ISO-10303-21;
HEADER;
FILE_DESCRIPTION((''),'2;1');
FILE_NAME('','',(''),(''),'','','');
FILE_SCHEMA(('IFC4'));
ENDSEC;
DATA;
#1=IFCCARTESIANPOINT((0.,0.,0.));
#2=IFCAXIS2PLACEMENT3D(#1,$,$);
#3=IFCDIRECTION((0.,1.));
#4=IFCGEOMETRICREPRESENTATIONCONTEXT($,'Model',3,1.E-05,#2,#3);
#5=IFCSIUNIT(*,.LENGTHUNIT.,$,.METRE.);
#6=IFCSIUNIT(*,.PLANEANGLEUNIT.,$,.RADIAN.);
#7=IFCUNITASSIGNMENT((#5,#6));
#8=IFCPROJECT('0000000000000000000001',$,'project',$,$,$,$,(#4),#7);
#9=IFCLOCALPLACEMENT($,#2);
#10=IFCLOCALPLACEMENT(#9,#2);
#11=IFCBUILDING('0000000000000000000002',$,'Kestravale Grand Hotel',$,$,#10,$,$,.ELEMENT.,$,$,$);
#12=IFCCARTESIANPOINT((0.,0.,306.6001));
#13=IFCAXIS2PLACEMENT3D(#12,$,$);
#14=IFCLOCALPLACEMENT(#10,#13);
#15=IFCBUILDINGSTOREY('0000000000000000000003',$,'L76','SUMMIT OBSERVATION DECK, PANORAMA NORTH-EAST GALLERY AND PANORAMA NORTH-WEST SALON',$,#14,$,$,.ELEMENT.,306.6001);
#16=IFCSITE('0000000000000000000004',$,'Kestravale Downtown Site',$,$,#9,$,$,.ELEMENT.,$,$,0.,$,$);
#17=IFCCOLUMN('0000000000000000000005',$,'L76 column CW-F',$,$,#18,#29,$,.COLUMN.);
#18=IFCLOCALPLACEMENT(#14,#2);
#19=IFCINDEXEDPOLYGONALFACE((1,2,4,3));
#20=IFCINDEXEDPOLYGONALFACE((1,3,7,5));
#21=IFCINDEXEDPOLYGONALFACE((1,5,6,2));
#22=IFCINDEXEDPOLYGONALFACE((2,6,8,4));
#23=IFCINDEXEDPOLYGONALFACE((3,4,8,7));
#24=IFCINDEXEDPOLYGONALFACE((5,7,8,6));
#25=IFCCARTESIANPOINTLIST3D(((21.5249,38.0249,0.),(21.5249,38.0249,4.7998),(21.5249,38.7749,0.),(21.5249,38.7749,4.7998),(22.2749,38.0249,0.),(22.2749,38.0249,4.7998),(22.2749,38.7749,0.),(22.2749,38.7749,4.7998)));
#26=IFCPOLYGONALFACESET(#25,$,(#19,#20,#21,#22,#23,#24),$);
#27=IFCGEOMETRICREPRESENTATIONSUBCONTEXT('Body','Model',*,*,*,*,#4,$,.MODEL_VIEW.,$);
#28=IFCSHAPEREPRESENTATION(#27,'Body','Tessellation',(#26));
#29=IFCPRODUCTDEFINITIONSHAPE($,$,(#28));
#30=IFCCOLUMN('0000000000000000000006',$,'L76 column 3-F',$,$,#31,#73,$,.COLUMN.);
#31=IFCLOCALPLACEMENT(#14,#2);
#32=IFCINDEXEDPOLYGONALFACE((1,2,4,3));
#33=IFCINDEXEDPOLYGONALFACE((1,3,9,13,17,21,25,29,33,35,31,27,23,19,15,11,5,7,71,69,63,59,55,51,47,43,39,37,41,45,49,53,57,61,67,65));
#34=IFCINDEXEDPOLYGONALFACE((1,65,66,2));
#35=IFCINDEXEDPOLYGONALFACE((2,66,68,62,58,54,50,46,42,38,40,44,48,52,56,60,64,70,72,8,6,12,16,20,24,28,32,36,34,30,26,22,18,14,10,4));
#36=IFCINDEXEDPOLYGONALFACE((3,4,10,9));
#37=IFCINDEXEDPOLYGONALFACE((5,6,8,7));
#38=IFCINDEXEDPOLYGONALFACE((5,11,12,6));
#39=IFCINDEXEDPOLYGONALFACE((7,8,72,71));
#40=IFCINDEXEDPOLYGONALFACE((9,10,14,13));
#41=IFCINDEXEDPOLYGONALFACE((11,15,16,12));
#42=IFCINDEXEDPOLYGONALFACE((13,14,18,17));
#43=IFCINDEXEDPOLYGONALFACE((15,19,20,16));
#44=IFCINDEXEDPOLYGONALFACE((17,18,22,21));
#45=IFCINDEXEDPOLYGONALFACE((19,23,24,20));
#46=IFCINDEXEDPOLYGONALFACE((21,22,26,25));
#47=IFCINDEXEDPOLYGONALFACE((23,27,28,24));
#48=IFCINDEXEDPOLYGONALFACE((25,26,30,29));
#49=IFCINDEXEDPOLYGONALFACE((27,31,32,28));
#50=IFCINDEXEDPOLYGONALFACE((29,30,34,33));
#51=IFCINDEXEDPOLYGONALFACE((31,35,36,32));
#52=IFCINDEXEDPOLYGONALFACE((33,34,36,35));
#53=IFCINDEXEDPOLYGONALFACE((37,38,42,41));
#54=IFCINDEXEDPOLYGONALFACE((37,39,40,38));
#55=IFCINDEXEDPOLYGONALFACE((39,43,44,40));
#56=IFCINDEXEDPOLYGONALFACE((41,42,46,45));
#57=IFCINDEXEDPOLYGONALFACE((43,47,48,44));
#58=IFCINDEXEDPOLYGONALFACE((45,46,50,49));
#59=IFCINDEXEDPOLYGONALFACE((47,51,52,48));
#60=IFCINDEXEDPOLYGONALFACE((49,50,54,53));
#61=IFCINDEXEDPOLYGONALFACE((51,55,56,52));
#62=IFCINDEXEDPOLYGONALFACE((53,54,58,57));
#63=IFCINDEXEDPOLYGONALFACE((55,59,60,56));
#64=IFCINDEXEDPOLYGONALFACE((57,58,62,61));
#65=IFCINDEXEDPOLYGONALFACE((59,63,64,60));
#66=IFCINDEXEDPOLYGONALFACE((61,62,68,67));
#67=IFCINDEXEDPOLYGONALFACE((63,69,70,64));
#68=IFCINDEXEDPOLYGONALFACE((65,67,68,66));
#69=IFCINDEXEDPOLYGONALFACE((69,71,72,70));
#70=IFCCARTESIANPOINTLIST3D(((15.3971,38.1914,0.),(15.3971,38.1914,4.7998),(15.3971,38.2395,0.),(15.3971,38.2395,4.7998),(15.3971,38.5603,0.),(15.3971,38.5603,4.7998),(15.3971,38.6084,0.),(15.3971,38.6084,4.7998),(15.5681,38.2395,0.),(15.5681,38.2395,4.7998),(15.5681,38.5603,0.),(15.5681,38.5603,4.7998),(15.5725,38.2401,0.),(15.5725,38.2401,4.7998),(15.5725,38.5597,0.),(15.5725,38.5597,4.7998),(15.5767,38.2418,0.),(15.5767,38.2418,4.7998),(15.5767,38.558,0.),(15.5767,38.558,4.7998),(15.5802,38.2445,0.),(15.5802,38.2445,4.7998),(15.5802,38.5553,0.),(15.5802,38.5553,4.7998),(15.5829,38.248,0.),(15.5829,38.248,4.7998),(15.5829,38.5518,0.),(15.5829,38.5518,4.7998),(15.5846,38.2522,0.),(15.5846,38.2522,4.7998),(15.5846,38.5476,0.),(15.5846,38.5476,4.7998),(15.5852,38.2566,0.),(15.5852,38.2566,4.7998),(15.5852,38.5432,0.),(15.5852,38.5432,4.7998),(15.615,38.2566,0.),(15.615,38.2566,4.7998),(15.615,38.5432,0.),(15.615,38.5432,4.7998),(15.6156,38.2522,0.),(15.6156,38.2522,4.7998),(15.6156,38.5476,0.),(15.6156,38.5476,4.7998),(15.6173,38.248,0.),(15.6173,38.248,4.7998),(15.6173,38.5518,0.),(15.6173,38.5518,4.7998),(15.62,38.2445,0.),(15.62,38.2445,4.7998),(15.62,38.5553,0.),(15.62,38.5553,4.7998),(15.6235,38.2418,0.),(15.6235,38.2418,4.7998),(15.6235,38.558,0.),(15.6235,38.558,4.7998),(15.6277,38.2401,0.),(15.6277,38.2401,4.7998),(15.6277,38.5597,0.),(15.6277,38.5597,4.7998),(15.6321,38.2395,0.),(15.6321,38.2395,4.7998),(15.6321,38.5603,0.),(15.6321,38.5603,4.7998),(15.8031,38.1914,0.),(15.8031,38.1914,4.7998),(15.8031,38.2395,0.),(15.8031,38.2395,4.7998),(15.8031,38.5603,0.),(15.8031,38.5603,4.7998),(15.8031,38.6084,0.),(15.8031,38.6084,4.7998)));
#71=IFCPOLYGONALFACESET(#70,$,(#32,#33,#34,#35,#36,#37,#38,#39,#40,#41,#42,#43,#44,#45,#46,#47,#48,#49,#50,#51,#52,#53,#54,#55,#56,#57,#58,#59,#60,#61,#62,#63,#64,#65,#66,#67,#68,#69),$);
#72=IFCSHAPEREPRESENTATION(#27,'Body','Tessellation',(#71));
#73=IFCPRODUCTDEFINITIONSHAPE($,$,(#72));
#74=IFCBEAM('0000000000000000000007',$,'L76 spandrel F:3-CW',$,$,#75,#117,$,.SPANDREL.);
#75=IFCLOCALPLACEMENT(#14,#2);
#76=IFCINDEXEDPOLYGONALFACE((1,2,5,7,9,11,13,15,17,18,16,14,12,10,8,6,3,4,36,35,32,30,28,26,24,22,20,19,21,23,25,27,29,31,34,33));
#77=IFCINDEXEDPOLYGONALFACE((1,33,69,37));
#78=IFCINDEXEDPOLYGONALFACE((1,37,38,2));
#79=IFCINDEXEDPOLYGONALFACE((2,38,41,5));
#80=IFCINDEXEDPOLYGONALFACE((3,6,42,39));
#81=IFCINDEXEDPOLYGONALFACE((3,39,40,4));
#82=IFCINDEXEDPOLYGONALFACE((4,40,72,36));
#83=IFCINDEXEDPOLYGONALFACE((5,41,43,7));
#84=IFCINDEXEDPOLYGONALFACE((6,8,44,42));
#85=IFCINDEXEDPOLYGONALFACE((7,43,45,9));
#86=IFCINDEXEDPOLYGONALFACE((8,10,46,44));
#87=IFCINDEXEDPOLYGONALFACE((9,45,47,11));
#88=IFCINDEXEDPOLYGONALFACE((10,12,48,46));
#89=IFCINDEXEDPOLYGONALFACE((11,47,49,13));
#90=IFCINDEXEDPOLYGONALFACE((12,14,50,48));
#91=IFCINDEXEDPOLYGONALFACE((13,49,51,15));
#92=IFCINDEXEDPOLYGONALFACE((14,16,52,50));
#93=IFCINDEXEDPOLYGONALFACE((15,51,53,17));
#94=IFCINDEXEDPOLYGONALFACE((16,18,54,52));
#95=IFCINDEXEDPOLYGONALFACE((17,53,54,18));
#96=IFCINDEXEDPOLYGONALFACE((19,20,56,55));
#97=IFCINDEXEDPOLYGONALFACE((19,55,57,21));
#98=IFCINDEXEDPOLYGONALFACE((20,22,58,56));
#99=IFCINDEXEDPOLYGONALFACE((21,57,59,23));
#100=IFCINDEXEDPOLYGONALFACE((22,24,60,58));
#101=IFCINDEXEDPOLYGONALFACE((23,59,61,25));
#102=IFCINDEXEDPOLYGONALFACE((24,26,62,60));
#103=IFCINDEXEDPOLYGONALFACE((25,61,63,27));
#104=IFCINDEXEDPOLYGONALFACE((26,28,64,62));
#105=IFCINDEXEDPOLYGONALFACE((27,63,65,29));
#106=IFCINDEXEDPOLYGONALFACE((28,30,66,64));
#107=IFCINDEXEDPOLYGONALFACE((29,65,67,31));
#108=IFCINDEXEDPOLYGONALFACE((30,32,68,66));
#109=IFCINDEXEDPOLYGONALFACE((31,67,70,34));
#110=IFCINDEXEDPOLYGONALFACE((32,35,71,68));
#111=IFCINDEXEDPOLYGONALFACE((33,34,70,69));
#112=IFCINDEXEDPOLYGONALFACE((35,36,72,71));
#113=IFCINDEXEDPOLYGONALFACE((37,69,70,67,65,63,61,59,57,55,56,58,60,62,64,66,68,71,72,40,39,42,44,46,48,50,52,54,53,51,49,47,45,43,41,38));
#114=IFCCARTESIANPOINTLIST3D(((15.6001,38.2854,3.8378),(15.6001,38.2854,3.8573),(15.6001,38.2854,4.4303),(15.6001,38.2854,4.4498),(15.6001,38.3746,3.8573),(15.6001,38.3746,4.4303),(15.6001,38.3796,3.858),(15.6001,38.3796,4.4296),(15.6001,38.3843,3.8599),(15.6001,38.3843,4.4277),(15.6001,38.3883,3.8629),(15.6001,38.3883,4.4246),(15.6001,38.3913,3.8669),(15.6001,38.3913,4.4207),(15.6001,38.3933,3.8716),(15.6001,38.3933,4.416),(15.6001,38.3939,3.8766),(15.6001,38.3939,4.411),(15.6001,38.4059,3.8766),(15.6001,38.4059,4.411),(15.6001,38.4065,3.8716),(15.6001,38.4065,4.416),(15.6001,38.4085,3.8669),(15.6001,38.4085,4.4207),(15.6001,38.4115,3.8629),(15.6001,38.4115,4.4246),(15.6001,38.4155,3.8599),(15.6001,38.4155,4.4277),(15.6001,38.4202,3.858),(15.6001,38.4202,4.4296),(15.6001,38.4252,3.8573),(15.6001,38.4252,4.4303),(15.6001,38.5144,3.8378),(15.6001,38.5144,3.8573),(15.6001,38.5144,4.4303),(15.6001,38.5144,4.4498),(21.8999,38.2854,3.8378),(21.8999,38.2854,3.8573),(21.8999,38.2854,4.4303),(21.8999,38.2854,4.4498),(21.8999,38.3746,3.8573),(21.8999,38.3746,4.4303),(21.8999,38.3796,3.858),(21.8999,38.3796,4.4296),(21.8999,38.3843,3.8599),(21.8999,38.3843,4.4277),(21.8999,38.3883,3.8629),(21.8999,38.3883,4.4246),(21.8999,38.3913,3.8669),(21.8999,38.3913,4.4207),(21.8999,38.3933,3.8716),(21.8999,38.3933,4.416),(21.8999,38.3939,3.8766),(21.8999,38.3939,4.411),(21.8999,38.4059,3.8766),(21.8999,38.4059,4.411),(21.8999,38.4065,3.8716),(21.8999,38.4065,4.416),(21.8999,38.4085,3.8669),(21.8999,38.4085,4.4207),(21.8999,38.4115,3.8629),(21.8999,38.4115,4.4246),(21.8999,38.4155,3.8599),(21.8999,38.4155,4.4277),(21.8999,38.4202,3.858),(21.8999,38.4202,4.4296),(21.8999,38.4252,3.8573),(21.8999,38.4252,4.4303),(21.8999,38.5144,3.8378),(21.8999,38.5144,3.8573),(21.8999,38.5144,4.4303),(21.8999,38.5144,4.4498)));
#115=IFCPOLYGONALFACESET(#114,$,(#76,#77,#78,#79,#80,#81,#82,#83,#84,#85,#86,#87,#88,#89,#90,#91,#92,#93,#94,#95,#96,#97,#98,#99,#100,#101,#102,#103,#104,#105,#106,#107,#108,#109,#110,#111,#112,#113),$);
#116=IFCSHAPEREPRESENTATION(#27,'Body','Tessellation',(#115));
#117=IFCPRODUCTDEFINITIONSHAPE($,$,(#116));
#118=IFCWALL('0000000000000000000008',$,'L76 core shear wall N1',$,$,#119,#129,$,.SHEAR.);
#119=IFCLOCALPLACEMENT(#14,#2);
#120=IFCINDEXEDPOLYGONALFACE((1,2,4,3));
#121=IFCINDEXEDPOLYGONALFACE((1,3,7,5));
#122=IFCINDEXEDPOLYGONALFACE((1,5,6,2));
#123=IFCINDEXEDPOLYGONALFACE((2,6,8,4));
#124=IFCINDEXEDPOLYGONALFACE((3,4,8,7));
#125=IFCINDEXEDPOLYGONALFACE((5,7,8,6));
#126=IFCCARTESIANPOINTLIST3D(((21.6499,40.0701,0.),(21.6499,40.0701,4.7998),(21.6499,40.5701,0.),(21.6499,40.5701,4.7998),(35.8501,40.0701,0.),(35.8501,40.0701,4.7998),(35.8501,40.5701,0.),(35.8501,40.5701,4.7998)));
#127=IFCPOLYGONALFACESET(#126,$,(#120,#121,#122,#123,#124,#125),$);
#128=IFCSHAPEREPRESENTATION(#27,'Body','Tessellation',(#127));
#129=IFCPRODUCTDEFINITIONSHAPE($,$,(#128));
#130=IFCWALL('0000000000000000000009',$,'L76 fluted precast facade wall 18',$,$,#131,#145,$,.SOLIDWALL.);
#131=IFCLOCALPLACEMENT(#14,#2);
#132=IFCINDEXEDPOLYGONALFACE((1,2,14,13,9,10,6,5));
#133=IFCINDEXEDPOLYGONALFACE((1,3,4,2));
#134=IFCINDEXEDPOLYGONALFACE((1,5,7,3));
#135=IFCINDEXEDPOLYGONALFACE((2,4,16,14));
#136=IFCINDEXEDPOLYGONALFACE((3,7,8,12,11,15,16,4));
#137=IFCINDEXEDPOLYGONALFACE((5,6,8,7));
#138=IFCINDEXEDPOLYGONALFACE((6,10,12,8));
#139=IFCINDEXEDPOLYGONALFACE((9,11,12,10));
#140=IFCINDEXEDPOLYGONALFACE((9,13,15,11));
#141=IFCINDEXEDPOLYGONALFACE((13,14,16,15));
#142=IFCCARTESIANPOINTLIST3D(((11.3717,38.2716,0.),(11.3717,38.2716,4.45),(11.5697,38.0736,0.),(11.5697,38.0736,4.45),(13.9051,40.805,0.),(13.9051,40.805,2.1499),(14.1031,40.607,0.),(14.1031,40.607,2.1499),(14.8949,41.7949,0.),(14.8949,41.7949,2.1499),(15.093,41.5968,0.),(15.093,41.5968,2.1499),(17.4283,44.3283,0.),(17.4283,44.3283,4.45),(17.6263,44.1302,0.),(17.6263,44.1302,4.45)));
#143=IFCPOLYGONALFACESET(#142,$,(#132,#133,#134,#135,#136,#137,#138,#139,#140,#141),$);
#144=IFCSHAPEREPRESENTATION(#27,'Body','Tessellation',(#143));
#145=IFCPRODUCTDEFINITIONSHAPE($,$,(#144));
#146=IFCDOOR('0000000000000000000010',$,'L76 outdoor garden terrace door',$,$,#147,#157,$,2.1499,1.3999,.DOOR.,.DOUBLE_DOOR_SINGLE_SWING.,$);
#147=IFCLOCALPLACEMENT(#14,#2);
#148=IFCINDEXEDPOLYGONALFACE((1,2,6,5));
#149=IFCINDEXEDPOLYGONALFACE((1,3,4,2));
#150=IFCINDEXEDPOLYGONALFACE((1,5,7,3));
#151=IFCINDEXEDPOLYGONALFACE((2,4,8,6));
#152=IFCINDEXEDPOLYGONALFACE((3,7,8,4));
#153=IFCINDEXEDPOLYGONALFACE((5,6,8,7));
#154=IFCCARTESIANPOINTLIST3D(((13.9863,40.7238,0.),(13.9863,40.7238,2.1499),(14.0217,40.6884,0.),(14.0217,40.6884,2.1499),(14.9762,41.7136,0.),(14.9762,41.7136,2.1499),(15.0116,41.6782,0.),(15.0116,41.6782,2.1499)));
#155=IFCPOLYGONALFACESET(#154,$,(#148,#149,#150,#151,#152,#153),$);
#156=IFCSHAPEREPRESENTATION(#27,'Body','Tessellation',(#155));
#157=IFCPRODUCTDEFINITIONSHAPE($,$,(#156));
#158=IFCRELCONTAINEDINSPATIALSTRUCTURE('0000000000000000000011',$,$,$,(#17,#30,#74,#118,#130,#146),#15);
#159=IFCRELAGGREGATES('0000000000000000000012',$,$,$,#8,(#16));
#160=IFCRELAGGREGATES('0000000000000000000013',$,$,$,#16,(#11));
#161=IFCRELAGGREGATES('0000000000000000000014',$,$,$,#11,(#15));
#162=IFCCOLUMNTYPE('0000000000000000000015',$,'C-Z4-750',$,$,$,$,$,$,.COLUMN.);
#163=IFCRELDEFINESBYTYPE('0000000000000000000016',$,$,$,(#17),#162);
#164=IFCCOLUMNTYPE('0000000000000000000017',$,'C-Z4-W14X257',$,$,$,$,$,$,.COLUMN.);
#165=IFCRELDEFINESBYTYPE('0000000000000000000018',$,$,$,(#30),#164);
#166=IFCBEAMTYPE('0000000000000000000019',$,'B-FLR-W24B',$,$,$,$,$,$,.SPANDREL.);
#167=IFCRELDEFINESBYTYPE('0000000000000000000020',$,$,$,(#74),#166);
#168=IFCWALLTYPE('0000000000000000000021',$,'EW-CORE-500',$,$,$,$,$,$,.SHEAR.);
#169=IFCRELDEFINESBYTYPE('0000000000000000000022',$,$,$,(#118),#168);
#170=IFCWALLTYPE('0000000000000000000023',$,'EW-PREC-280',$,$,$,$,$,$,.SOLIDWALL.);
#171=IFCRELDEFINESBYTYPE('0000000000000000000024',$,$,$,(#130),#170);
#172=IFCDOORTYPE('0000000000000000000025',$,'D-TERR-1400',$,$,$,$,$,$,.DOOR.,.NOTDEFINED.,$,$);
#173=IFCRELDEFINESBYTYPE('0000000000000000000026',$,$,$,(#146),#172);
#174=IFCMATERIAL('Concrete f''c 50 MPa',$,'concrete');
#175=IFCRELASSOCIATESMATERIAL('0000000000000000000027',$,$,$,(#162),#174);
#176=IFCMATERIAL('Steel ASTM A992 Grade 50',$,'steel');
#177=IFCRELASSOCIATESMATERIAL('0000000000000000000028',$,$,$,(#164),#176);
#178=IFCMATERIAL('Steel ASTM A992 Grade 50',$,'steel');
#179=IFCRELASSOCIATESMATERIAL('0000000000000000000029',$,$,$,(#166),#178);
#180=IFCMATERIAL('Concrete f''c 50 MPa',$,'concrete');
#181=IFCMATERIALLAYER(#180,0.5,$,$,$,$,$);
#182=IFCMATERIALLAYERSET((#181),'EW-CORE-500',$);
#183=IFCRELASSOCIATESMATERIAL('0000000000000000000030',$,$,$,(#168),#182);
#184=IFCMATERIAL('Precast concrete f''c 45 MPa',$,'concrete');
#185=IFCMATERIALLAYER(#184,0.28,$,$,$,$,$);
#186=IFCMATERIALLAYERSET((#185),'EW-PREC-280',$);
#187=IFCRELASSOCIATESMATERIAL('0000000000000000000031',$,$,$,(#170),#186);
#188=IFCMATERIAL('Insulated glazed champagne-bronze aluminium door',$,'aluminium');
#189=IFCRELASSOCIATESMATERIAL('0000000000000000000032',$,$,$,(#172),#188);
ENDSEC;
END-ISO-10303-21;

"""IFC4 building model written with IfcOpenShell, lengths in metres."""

from ifc_helpers import new_model, si_unit, direction, frame, frame_2d, origin, origin_2d, place, context, subcontext, project, spatial, rectangle, i_section, extrude, material, layer, layer_set, material_profile, profile_set, type_object, element, fill, save


model = new_model("IFC4")

# Units and contexts
model_context = context("Model", 3, precision=1e-05, world=origin(), true_north=direction((0.0, 1.0)))
body_context = subcontext(model_context, "Body", "Model", "MODEL_VIEW")
ifc_project = project(units=[si_unit("LENGTHUNIT", "METRE"), si_unit("PLANEANGLEUNIT", "RADIAN")], contexts=[model_context])

# Site, building, storey
site_placement = place(None, origin())
site = spatial("IfcSite", under=ifc_project, at=site_placement, Name="Kestravale Downtown Site", CompositionType="ELEMENT", RefElevation=0.0)
building_placement = place(site_placement, origin())
building = spatial("IfcBuilding", under=site, at=building_placement, Name="Kestravale Grand Hotel", CompositionType="ELEMENT")
storey_placement = place(building_placement, frame((0.0, 0.0, 306.6001)))
storey = spatial("IfcBuildingStorey", under=building, at=storey_placement, Name="L76", Description="SUMMIT OBSERVATION DECK, PANORAMA NORTH-EAST GALLERY AND PANORAMA NORTH-WEST SALON", CompositionType="ELEMENT", Elevation=306.6001)

# Columns
ifc_material_1 = material(Name="Concrete f'c 50 MPa", Category="concrete")
ifc_material_profile_1 = material_profile(ifc_material_1, rectangle(XDim=0.75, YDim=0.75, at=origin_2d()))
ifc_profile_set_1 = profile_set([ifc_material_profile_1], Name="Concrete f'c 50 MPa")
column_type_1 = type_object("IfcColumnType", Name="C-Z4-750", PredefinedType="COLUMN", material=ifc_profile_set_1)
column_1_placement = place(storey_placement, frame((21.8999, 38.3999, 0.0), z_axis=(0.0, 0.0, 1.0), x_axis=(1.0, 0.0, 0.0)))
element("IfcColumn", 1, at=column_1_placement, inside=storey, type_object=column_type_1, Name="L76 column CW-F", PredefinedType="COLUMN", context=body_context, shape_type="SweptSolid", body=[
    extrude(rectangle(XDim=0.75, YDim=0.75, at=origin_2d()), origin(), (0.0, 0.0, 1.0), 4.7998),
])
ifc_material_2 = material(Name="Steel ASTM A992 Grade 50", Category="steel")
ifc_material_profile_2 = material_profile(ifc_material_2, i_section(OverallWidth=0.406, OverallDepth=0.417, WebThickness=0.0298, FlangeThickness=0.0481, FilletRadius=0.0171, at=origin_2d()))
ifc_profile_set_2 = profile_set([ifc_material_profile_2], Name="Steel ASTM A992 Grade 50")
column_type_2 = type_object("IfcColumnType", Name="C-Z4-W14X257", PredefinedType="COLUMN", material=ifc_profile_set_2)
column_2_placement = place(storey_placement, frame((15.6001, 38.3999, 0.0), z_axis=(0.0, 0.0, 1.0), x_axis=(1.0, 0.0, 0.0)))
element("IfcColumn", 2, at=column_2_placement, inside=storey, type_object=column_type_2, Name="L76 column 3-F", PredefinedType="COLUMN", context=body_context, shape_type="SweptSolid", body=[
    extrude(i_section(OverallWidth=0.406, OverallDepth=0.417, WebThickness=0.0298, FlangeThickness=0.0481, FilletRadius=0.0171, at=origin_2d()), origin(), (0.0, 0.0, 1.0), 4.7998),
])

# Beam
ifc_material_3 = material(Name="Steel ASTM A992 Grade 50", Category="steel")
ifc_material_profile_3 = material_profile(ifc_material_3, i_section(OverallWidth=0.229, OverallDepth=0.6121, WebThickness=0.012, FlangeThickness=0.0195, FilletRadius=0.0193, at=origin_2d()))
ifc_profile_set_3 = profile_set([ifc_material_profile_3], Name="Steel ASTM A992 Grade 50")
beam_type = type_object("IfcBeamType", Name="B-FLR-W24B", PredefinedType="SPANDREL", material=ifc_profile_set_3)
beam_placement = place(storey_placement, frame((15.6001, 38.3999, 4.1438), z_axis=(1.0, 0.0, 0.0), x_axis=(0.0, 1.0, 0.0)))
element("IfcBeam", 3, at=beam_placement, inside=storey, type_object=beam_type, Name="L76 spandrel F:3-CW", PredefinedType="SPANDREL", context=body_context, shape_type="SweptSolid", body=[
    extrude(i_section(OverallWidth=0.229, OverallDepth=0.6121, WebThickness=0.012, FlangeThickness=0.0195, FilletRadius=0.0193, at=origin_2d()), origin(), (0.0, 0.0, 1.0), 6.2998),
])

# Wall
ifc_material_4 = material(Name="Concrete f'c 50 MPa", Category="concrete")
ifc_layer_1 = layer(ifc_material_4, 0.5)
ifc_layer_set_1 = layer_set([ifc_layer_1], Name="EW-CORE-500")
wall_type_1 = type_object("IfcWallType", Name="EW-CORE-500", PredefinedType="SHEAR", material=ifc_layer_set_1)
wall_1_placement = place(storey_placement, frame((21.6499, 40.3201, 0.0), z_axis=(0.0, 0.0, 1.0), x_axis=(1.0, 0.0, 0.0)))
element("IfcWall", 4, at=wall_1_placement, inside=storey, type_object=wall_type_1, Name="L76 core shear wall N1", PredefinedType="SHEAR", context=body_context, shape_type="SweptSolid", body=[
    extrude(rectangle(XDim=14.2002, YDim=0.5, at=frame_2d((7.1001, 0.0))), origin(), (0.0, 0.0, 1.0), 4.7998),
])

# Wall, opening, door
ifc_material_5 = material(Name="Precast concrete f'c 45 MPa", Category="concrete")
ifc_layer_2 = layer(ifc_material_5, 0.28)
ifc_layer_set_2 = layer_set([ifc_layer_2], Name="EW-PREC-280")
wall_type_2 = type_object("IfcWallType", Name="EW-PREC-280", PredefinedType="SOLIDWALL", material=ifc_layer_set_2)
wall_2_placement = place(storey_placement, frame((17.5273, 44.2292, 0.0), z_axis=(0.0, 0.0, 1.0), x_axis=(-0.707107, -0.707107, 0.0)))
wall_2 = element("IfcWall", 5, at=wall_2_placement, inside=storey, type_object=wall_type_2, Name="L76 fluted precast facade wall 18", PredefinedType="SOLIDWALL", context=body_context, shape_type="SweptSolid", body=[
    extrude(rectangle(XDim=8.5654, YDim=0.28, at=frame_2d((4.2827, 0.0))), origin(), (0.0, 0.0, 1.0), 4.45),
])
opening_1_placement = place(wall_2_placement, frame((3.5828, 0.0, 0.0)))
opening_1 = element("IfcOpeningElement", 6, at=opening_1_placement, cuts=wall_2, PredefinedType="OPENING", context=body_context, shape_type="SweptSolid", body=[
    extrude(rectangle(XDim=1.3999, YDim=2.1499, at=frame_2d((0.7, 1.075))), frame((0.0, 0.1499, 0.0), z_axis=(0.0, -1.0, 0.0), x_axis=(1.0, 0.0, 0.0)), (0.0, 0.0, 1.0), 0.3),
])
ifc_material_6 = material(Name="Insulated glazed champagne-bronze aluminium door", Category="aluminium")
door_type = type_object("IfcDoorType", Name="D-TERR-1400", OperationType="NOTDEFINED", PredefinedType="DOOR", material=ifc_material_6)
door_placement = place(opening_1_placement, origin())
door = element("IfcDoor", 7, at=door_placement, inside=storey, type_object=door_type, Name="L76 outdoor garden terrace door", OperationType="DOUBLE_DOOR_SINGLE_SWING", OverallHeight=2.1499, OverallWidth=1.3999, PredefinedType="DOOR", context=body_context, shape_type="SweptSolid", body=[
    extrude(rectangle(XDim=1.3999, YDim=2.1499, at=frame_2d((0.7, 1.075))), frame((0.0, 0.0249, 0.0), z_axis=(0.0, -1.0, 0.0), x_axis=(1.0, 0.0, 0.0)), (0.0, 0.0, 1.0), 0.05),
])
fill(opening_1, door)

save(model, "model.ifc")
